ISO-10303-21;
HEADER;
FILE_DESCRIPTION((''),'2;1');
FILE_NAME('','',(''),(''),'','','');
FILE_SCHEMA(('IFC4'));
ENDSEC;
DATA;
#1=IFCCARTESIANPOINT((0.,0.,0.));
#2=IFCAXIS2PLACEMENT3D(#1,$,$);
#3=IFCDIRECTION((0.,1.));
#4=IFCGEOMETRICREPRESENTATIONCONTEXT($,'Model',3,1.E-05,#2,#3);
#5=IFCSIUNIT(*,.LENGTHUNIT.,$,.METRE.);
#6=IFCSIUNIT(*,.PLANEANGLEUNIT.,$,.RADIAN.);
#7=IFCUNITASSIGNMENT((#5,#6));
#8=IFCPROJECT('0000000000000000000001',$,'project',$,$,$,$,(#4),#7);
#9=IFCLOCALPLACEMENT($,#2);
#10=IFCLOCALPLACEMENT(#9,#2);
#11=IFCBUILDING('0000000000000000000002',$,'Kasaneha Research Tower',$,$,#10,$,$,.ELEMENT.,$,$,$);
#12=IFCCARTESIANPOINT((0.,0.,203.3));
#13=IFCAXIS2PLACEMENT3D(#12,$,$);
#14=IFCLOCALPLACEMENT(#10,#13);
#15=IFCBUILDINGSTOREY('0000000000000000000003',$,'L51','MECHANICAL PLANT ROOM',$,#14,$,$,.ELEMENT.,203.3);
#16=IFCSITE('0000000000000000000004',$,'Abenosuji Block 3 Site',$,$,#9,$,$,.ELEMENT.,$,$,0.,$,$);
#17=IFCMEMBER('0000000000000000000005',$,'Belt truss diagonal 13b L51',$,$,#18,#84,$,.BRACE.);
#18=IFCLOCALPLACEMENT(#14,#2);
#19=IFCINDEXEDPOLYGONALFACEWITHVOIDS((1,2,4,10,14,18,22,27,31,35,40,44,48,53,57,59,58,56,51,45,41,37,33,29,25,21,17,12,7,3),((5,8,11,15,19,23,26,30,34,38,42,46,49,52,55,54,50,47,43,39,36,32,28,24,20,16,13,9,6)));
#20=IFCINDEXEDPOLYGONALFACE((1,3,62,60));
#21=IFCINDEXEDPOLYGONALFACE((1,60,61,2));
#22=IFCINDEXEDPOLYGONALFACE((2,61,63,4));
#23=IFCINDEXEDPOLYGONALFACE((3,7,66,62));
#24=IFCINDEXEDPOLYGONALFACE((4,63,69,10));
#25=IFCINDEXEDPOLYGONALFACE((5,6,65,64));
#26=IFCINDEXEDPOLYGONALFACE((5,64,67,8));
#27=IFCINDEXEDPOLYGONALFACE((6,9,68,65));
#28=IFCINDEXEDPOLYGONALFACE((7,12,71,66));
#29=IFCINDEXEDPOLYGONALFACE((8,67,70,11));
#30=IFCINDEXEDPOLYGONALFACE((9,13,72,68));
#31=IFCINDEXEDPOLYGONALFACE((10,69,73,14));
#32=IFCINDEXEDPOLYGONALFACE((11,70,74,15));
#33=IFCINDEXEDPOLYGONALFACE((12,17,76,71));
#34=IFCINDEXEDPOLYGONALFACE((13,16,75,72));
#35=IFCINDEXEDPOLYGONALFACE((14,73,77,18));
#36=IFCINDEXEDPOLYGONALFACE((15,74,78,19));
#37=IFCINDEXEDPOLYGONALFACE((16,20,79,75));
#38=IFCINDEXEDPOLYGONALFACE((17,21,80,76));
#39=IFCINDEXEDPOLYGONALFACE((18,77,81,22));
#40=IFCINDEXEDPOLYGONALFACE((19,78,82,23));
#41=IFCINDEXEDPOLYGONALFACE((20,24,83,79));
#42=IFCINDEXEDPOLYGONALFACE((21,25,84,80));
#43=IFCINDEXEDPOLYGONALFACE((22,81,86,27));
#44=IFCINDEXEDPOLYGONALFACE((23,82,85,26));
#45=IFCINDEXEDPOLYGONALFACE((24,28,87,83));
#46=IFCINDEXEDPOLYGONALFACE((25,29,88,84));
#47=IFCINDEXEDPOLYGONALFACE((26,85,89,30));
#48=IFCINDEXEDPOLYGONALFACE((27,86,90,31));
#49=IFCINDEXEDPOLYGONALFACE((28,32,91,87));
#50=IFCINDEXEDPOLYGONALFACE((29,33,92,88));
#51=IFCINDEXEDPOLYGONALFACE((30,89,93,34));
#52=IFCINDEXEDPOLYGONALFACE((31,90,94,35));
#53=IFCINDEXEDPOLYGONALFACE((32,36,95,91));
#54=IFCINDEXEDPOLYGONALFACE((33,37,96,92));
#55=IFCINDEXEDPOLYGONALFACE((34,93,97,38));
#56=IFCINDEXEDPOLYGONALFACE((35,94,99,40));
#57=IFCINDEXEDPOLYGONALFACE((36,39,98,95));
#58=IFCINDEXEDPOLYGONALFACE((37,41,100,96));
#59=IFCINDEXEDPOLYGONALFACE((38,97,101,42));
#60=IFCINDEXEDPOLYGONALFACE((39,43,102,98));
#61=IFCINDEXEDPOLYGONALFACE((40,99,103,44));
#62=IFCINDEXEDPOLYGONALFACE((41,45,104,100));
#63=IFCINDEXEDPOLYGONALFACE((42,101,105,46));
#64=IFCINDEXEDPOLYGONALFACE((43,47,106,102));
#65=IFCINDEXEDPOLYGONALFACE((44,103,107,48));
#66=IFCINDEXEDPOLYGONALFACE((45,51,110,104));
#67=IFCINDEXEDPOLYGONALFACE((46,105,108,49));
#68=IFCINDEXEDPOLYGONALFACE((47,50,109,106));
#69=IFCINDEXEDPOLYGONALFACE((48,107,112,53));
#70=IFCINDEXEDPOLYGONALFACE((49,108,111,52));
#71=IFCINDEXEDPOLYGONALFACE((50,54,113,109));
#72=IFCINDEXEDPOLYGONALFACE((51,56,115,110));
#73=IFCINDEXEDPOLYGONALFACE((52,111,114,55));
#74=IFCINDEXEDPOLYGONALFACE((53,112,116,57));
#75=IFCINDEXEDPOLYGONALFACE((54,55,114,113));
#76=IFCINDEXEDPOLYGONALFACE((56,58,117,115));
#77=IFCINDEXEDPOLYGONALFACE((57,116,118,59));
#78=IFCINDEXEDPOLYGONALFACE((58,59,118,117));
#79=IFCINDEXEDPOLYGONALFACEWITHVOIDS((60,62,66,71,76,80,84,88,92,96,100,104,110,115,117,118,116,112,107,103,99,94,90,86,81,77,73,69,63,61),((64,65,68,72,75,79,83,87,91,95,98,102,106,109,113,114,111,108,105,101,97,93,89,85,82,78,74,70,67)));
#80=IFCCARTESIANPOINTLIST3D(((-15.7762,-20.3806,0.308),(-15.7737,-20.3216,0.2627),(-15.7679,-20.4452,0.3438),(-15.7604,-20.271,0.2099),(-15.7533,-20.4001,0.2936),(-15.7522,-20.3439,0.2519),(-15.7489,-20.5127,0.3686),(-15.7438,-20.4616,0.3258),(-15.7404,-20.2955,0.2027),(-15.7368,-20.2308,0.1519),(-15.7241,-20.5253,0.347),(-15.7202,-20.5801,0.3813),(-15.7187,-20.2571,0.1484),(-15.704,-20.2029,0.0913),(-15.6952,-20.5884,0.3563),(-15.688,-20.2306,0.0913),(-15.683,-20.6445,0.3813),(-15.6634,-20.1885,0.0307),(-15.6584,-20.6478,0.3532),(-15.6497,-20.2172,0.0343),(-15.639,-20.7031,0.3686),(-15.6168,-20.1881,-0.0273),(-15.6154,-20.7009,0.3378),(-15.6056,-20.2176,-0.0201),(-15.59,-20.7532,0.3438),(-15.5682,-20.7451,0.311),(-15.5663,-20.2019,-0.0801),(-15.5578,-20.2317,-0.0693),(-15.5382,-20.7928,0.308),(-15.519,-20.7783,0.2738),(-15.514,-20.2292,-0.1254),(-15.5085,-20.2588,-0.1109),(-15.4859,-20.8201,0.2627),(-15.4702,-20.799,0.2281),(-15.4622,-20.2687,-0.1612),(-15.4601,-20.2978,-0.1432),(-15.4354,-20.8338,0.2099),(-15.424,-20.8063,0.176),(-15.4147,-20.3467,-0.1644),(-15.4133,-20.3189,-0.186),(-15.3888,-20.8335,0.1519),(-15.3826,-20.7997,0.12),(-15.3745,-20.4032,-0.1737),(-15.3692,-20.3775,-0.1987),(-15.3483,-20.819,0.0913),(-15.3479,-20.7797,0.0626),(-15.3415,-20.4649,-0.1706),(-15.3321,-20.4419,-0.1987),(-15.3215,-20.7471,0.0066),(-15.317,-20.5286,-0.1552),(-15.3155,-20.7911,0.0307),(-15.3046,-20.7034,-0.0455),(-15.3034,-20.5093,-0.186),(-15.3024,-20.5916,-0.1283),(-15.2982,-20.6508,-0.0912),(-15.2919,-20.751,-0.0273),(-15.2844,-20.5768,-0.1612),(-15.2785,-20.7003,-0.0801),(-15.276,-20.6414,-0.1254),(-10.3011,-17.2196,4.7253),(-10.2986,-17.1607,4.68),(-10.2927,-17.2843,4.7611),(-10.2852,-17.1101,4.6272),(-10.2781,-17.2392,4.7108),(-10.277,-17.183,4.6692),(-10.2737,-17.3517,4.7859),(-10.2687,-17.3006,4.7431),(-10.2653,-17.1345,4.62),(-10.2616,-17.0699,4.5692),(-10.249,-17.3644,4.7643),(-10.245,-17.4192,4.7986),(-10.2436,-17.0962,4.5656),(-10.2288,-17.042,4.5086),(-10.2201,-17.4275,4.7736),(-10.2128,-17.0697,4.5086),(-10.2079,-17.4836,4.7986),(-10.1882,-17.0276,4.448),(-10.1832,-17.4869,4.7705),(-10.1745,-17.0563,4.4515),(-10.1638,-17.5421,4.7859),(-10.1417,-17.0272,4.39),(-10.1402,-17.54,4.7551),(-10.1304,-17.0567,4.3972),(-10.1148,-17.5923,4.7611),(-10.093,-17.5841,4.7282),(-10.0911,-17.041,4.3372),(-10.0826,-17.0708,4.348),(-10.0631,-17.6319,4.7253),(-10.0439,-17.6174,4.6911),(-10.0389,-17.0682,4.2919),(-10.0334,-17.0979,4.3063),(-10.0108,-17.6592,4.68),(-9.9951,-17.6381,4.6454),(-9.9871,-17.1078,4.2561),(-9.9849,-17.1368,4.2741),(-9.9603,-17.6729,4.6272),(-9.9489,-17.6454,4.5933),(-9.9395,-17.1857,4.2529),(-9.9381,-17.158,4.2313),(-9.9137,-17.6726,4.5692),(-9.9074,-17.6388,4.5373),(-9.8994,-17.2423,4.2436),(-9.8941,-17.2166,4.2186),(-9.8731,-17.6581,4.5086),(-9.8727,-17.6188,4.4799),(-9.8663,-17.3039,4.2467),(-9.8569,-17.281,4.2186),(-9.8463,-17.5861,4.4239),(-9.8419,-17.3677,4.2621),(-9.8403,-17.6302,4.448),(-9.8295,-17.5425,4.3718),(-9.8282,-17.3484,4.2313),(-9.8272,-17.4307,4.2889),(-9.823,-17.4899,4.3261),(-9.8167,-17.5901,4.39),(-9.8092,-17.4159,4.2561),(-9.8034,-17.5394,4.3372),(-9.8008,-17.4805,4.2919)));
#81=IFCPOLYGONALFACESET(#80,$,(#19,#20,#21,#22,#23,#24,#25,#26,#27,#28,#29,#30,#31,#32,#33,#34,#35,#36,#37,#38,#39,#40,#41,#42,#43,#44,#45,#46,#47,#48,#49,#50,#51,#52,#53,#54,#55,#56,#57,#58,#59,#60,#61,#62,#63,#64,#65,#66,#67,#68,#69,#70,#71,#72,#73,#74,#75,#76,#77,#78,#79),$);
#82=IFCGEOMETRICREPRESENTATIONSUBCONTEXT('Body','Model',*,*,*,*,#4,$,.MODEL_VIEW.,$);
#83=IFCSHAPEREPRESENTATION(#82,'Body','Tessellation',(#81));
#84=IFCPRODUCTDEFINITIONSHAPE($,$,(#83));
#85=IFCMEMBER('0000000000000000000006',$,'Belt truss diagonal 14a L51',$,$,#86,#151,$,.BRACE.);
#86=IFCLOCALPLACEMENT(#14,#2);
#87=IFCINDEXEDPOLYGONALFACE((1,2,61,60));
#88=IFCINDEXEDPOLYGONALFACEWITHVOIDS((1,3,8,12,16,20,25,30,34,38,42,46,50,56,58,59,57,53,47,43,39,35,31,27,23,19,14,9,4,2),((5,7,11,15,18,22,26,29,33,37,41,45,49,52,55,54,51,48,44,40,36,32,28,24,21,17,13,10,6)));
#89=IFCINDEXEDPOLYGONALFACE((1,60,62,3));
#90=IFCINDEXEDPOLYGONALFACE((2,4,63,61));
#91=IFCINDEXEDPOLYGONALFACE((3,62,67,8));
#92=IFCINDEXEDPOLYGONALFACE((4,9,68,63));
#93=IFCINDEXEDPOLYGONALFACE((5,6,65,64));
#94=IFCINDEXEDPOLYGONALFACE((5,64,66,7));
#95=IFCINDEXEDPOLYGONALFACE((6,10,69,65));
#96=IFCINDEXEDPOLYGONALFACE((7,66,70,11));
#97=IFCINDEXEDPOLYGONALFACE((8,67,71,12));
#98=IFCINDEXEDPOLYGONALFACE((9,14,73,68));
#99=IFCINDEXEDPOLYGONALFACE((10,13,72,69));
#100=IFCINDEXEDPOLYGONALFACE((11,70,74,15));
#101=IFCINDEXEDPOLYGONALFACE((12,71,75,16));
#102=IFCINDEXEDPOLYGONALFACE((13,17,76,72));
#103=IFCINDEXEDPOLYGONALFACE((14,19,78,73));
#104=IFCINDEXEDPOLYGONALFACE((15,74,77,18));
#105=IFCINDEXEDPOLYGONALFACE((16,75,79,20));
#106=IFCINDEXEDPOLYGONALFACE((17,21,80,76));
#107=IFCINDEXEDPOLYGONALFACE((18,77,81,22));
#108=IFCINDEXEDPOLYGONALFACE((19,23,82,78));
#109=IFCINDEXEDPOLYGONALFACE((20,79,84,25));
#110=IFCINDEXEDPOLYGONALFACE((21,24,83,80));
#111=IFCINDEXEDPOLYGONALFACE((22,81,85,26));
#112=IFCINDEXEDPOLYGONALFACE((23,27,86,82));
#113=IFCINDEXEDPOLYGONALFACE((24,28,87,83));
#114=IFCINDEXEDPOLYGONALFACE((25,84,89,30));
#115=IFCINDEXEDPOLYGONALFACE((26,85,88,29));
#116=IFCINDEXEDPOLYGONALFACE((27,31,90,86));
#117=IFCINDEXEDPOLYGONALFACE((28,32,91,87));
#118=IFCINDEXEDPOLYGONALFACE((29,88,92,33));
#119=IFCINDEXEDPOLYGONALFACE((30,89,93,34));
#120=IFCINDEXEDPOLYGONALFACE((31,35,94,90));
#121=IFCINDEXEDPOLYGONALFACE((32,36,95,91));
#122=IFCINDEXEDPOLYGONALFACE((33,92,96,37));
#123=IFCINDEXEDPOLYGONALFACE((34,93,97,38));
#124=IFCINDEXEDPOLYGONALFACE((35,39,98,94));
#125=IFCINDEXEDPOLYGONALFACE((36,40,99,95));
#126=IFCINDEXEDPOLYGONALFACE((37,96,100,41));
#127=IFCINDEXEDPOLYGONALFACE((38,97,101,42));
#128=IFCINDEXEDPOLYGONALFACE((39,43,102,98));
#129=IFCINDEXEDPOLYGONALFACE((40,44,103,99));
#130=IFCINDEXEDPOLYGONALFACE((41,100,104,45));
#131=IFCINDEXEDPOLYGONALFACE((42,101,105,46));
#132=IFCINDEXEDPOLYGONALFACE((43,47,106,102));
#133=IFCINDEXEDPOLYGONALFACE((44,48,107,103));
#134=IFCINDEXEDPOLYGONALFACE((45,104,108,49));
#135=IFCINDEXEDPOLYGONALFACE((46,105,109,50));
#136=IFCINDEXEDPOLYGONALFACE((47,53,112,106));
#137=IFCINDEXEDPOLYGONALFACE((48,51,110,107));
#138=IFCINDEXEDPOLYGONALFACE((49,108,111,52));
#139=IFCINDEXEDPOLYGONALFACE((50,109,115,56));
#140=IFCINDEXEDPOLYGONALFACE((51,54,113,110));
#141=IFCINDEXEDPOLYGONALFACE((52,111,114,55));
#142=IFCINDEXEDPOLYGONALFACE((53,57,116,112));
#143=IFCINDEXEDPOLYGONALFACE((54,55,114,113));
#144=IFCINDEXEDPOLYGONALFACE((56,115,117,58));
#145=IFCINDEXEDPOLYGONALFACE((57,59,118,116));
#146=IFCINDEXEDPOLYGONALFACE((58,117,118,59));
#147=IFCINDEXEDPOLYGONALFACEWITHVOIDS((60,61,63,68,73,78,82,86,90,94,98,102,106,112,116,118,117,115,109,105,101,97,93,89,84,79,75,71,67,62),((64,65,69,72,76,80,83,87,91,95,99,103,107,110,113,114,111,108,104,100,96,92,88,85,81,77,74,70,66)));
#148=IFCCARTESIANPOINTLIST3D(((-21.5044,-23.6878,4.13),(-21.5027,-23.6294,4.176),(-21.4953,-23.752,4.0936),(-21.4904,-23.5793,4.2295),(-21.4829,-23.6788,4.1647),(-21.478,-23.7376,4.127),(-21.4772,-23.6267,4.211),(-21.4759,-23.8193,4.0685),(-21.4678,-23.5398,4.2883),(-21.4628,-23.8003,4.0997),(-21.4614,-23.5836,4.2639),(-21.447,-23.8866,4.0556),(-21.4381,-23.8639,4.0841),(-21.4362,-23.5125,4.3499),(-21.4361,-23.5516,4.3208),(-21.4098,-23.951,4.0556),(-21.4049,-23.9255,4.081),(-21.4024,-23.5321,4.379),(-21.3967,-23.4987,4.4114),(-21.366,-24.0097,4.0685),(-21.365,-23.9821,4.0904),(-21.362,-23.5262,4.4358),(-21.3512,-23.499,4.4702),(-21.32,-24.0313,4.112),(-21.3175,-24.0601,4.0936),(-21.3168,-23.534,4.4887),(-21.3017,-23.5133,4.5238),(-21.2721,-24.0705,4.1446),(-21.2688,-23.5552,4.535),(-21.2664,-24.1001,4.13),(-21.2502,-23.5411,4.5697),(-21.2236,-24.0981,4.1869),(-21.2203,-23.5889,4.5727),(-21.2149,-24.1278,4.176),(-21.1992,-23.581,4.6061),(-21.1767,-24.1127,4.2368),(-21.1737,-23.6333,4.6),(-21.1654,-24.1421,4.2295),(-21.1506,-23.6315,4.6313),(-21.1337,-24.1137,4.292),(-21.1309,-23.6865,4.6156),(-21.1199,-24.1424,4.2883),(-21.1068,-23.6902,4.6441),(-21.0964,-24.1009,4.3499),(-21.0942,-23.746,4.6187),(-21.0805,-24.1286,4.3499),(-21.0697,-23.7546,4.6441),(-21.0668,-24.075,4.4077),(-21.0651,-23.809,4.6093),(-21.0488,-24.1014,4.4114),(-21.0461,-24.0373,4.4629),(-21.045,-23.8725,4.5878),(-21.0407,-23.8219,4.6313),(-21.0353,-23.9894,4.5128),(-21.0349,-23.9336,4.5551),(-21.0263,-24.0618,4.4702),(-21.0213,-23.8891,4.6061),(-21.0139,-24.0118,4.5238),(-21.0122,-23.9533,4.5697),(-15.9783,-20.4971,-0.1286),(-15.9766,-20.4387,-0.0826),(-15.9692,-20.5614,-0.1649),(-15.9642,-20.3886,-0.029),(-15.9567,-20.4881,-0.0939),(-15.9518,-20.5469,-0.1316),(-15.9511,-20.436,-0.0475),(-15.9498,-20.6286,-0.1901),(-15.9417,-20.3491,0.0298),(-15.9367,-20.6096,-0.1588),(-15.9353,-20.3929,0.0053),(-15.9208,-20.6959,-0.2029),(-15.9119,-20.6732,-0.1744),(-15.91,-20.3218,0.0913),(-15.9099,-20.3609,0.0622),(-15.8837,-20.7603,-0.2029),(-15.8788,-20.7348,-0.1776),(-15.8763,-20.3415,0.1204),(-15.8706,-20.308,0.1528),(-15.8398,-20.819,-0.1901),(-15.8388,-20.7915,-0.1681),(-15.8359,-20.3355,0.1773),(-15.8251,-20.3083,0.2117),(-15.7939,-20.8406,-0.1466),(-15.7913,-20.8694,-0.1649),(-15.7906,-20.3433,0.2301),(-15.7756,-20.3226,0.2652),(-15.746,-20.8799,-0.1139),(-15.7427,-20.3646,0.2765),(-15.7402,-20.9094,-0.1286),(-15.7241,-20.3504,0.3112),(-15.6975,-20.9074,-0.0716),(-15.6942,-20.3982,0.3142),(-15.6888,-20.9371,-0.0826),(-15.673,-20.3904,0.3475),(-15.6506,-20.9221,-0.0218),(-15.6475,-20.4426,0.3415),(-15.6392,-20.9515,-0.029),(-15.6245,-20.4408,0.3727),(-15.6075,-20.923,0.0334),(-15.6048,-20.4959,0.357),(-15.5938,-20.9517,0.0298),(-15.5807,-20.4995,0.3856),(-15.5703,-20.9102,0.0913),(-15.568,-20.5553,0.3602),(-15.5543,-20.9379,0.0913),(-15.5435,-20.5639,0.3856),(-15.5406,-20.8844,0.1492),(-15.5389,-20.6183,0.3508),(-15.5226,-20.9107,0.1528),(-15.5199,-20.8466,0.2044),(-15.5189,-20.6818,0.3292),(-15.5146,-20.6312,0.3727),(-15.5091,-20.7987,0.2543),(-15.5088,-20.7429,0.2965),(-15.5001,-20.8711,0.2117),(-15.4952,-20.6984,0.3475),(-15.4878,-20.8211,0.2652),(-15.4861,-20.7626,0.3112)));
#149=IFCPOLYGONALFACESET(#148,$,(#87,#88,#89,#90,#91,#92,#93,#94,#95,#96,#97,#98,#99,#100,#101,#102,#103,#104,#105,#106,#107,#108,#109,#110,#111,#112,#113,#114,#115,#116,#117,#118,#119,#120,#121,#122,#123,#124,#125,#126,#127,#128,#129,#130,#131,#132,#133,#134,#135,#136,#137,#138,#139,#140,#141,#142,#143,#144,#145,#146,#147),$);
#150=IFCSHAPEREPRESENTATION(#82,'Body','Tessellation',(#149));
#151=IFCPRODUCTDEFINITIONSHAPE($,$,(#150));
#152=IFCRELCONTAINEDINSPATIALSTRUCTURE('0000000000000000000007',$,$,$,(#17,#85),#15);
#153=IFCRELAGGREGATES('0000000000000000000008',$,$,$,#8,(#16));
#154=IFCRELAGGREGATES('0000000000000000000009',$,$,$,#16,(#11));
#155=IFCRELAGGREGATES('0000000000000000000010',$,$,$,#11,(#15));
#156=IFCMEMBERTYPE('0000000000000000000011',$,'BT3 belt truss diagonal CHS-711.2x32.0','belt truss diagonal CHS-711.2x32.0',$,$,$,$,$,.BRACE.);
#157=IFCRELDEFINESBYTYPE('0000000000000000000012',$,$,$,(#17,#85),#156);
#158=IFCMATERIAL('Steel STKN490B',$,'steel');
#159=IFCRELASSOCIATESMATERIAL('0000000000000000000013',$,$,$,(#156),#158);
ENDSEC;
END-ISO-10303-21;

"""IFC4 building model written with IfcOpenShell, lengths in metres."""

from ifc_helpers import new_model, si_unit, direction, frame, origin, origin_2d, place, context, subcontext, project, spatial, hollow_circle, extrude, material, material_profile, profile_set, type_object, element, save


model = new_model("IFC4")

# Units and contexts
model_context = context("Model", 3, precision=1e-05, world=origin(), true_north=direction((0.0, 1.0)))
body_context = subcontext(model_context, "Body", "Model", "MODEL_VIEW")
ifc_project = project(units=[si_unit("LENGTHUNIT", "METRE"), si_unit("PLANEANGLEUNIT", "RADIAN")], contexts=[model_context])

# Site, building, storey
site_placement = place(None, origin())
site = spatial("IfcSite", under=ifc_project, at=site_placement, Name="Abenosuji Block 3 Site", CompositionType="ELEMENT", RefElevation=0.0)
building_placement = place(site_placement, origin())
building = spatial("IfcBuilding", under=site, at=building_placement, Name="Kasaneha Research Tower", CompositionType="ELEMENT")
storey_placement = place(building_placement, frame((0.0, 0.0, 203.3)))
storey = spatial("IfcBuildingStorey", under=building, at=storey_placement, Name="L51", Description="MECHANICAL PLANT ROOM", CompositionType="ELEMENT", Elevation=203.3)

# Members
ifc_material_1 = material(Name="Steel STKN490B", Category="steel")
ifc_material_profile_1 = material_profile(ifc_material_1, hollow_circle(Radius=0.3557, WallThickness=0.032, at=origin_2d()), Name="CHS-711.2x32.0")
ifc_profile_set_1 = profile_set([ifc_material_profile_1], Name="Steel STKN490B")
member_type = type_object("IfcMemberType", Name="BT3 belt truss diagonal CHS-711.2x32.0", Description="belt truss diagonal CHS-711.2x32.0", PredefinedType="BRACE", material=ifc_profile_set_1)
for number, where, z_axis, x_axis, name in (
    (1, (-15.5261, -20.511, 0.0913), (0.709916, 0.409849, 0.572751), (-0.499981, 0.866036, 0.0), "Belt truss diagonal 13b L51"),
):
    element("IfcMember", number, at=place(storey_placement, frame(where, z_axis=z_axis, x_axis=x_axis)), inside=storey, type_object=member_type, Name=name, PredefinedType="BRACE", context=body_context, shape_type="SweptSolid", body=[
        extrude(hollow_circle(Radius=0.3557, WallThickness=0.032, at=origin_2d()), origin(), (0.0, 0.0, 1.0), 7.7124),
    ])
for number, where, z_axis, x_axis, name in (
    (2, (-15.7322, -20.6299, 0.0913), (-0.720334, -0.415907, 0.555104), (0.500019, -0.866014, 0.0), "Belt truss diagonal 14a L51"),
):
    element("IfcMember", number, at=place(storey_placement, frame(where, z_axis=z_axis, x_axis=x_axis)), inside=storey, type_object=member_type, Name=name, PredefinedType="BRACE", context=body_context, shape_type="SweptSolid", body=[
        extrude(hollow_circle(Radius=0.3557, WallThickness=0.032, at=origin_2d()), origin(), (0.0, 0.0, 1.0), 7.6716),
    ])

save(model, "model.ifc")
